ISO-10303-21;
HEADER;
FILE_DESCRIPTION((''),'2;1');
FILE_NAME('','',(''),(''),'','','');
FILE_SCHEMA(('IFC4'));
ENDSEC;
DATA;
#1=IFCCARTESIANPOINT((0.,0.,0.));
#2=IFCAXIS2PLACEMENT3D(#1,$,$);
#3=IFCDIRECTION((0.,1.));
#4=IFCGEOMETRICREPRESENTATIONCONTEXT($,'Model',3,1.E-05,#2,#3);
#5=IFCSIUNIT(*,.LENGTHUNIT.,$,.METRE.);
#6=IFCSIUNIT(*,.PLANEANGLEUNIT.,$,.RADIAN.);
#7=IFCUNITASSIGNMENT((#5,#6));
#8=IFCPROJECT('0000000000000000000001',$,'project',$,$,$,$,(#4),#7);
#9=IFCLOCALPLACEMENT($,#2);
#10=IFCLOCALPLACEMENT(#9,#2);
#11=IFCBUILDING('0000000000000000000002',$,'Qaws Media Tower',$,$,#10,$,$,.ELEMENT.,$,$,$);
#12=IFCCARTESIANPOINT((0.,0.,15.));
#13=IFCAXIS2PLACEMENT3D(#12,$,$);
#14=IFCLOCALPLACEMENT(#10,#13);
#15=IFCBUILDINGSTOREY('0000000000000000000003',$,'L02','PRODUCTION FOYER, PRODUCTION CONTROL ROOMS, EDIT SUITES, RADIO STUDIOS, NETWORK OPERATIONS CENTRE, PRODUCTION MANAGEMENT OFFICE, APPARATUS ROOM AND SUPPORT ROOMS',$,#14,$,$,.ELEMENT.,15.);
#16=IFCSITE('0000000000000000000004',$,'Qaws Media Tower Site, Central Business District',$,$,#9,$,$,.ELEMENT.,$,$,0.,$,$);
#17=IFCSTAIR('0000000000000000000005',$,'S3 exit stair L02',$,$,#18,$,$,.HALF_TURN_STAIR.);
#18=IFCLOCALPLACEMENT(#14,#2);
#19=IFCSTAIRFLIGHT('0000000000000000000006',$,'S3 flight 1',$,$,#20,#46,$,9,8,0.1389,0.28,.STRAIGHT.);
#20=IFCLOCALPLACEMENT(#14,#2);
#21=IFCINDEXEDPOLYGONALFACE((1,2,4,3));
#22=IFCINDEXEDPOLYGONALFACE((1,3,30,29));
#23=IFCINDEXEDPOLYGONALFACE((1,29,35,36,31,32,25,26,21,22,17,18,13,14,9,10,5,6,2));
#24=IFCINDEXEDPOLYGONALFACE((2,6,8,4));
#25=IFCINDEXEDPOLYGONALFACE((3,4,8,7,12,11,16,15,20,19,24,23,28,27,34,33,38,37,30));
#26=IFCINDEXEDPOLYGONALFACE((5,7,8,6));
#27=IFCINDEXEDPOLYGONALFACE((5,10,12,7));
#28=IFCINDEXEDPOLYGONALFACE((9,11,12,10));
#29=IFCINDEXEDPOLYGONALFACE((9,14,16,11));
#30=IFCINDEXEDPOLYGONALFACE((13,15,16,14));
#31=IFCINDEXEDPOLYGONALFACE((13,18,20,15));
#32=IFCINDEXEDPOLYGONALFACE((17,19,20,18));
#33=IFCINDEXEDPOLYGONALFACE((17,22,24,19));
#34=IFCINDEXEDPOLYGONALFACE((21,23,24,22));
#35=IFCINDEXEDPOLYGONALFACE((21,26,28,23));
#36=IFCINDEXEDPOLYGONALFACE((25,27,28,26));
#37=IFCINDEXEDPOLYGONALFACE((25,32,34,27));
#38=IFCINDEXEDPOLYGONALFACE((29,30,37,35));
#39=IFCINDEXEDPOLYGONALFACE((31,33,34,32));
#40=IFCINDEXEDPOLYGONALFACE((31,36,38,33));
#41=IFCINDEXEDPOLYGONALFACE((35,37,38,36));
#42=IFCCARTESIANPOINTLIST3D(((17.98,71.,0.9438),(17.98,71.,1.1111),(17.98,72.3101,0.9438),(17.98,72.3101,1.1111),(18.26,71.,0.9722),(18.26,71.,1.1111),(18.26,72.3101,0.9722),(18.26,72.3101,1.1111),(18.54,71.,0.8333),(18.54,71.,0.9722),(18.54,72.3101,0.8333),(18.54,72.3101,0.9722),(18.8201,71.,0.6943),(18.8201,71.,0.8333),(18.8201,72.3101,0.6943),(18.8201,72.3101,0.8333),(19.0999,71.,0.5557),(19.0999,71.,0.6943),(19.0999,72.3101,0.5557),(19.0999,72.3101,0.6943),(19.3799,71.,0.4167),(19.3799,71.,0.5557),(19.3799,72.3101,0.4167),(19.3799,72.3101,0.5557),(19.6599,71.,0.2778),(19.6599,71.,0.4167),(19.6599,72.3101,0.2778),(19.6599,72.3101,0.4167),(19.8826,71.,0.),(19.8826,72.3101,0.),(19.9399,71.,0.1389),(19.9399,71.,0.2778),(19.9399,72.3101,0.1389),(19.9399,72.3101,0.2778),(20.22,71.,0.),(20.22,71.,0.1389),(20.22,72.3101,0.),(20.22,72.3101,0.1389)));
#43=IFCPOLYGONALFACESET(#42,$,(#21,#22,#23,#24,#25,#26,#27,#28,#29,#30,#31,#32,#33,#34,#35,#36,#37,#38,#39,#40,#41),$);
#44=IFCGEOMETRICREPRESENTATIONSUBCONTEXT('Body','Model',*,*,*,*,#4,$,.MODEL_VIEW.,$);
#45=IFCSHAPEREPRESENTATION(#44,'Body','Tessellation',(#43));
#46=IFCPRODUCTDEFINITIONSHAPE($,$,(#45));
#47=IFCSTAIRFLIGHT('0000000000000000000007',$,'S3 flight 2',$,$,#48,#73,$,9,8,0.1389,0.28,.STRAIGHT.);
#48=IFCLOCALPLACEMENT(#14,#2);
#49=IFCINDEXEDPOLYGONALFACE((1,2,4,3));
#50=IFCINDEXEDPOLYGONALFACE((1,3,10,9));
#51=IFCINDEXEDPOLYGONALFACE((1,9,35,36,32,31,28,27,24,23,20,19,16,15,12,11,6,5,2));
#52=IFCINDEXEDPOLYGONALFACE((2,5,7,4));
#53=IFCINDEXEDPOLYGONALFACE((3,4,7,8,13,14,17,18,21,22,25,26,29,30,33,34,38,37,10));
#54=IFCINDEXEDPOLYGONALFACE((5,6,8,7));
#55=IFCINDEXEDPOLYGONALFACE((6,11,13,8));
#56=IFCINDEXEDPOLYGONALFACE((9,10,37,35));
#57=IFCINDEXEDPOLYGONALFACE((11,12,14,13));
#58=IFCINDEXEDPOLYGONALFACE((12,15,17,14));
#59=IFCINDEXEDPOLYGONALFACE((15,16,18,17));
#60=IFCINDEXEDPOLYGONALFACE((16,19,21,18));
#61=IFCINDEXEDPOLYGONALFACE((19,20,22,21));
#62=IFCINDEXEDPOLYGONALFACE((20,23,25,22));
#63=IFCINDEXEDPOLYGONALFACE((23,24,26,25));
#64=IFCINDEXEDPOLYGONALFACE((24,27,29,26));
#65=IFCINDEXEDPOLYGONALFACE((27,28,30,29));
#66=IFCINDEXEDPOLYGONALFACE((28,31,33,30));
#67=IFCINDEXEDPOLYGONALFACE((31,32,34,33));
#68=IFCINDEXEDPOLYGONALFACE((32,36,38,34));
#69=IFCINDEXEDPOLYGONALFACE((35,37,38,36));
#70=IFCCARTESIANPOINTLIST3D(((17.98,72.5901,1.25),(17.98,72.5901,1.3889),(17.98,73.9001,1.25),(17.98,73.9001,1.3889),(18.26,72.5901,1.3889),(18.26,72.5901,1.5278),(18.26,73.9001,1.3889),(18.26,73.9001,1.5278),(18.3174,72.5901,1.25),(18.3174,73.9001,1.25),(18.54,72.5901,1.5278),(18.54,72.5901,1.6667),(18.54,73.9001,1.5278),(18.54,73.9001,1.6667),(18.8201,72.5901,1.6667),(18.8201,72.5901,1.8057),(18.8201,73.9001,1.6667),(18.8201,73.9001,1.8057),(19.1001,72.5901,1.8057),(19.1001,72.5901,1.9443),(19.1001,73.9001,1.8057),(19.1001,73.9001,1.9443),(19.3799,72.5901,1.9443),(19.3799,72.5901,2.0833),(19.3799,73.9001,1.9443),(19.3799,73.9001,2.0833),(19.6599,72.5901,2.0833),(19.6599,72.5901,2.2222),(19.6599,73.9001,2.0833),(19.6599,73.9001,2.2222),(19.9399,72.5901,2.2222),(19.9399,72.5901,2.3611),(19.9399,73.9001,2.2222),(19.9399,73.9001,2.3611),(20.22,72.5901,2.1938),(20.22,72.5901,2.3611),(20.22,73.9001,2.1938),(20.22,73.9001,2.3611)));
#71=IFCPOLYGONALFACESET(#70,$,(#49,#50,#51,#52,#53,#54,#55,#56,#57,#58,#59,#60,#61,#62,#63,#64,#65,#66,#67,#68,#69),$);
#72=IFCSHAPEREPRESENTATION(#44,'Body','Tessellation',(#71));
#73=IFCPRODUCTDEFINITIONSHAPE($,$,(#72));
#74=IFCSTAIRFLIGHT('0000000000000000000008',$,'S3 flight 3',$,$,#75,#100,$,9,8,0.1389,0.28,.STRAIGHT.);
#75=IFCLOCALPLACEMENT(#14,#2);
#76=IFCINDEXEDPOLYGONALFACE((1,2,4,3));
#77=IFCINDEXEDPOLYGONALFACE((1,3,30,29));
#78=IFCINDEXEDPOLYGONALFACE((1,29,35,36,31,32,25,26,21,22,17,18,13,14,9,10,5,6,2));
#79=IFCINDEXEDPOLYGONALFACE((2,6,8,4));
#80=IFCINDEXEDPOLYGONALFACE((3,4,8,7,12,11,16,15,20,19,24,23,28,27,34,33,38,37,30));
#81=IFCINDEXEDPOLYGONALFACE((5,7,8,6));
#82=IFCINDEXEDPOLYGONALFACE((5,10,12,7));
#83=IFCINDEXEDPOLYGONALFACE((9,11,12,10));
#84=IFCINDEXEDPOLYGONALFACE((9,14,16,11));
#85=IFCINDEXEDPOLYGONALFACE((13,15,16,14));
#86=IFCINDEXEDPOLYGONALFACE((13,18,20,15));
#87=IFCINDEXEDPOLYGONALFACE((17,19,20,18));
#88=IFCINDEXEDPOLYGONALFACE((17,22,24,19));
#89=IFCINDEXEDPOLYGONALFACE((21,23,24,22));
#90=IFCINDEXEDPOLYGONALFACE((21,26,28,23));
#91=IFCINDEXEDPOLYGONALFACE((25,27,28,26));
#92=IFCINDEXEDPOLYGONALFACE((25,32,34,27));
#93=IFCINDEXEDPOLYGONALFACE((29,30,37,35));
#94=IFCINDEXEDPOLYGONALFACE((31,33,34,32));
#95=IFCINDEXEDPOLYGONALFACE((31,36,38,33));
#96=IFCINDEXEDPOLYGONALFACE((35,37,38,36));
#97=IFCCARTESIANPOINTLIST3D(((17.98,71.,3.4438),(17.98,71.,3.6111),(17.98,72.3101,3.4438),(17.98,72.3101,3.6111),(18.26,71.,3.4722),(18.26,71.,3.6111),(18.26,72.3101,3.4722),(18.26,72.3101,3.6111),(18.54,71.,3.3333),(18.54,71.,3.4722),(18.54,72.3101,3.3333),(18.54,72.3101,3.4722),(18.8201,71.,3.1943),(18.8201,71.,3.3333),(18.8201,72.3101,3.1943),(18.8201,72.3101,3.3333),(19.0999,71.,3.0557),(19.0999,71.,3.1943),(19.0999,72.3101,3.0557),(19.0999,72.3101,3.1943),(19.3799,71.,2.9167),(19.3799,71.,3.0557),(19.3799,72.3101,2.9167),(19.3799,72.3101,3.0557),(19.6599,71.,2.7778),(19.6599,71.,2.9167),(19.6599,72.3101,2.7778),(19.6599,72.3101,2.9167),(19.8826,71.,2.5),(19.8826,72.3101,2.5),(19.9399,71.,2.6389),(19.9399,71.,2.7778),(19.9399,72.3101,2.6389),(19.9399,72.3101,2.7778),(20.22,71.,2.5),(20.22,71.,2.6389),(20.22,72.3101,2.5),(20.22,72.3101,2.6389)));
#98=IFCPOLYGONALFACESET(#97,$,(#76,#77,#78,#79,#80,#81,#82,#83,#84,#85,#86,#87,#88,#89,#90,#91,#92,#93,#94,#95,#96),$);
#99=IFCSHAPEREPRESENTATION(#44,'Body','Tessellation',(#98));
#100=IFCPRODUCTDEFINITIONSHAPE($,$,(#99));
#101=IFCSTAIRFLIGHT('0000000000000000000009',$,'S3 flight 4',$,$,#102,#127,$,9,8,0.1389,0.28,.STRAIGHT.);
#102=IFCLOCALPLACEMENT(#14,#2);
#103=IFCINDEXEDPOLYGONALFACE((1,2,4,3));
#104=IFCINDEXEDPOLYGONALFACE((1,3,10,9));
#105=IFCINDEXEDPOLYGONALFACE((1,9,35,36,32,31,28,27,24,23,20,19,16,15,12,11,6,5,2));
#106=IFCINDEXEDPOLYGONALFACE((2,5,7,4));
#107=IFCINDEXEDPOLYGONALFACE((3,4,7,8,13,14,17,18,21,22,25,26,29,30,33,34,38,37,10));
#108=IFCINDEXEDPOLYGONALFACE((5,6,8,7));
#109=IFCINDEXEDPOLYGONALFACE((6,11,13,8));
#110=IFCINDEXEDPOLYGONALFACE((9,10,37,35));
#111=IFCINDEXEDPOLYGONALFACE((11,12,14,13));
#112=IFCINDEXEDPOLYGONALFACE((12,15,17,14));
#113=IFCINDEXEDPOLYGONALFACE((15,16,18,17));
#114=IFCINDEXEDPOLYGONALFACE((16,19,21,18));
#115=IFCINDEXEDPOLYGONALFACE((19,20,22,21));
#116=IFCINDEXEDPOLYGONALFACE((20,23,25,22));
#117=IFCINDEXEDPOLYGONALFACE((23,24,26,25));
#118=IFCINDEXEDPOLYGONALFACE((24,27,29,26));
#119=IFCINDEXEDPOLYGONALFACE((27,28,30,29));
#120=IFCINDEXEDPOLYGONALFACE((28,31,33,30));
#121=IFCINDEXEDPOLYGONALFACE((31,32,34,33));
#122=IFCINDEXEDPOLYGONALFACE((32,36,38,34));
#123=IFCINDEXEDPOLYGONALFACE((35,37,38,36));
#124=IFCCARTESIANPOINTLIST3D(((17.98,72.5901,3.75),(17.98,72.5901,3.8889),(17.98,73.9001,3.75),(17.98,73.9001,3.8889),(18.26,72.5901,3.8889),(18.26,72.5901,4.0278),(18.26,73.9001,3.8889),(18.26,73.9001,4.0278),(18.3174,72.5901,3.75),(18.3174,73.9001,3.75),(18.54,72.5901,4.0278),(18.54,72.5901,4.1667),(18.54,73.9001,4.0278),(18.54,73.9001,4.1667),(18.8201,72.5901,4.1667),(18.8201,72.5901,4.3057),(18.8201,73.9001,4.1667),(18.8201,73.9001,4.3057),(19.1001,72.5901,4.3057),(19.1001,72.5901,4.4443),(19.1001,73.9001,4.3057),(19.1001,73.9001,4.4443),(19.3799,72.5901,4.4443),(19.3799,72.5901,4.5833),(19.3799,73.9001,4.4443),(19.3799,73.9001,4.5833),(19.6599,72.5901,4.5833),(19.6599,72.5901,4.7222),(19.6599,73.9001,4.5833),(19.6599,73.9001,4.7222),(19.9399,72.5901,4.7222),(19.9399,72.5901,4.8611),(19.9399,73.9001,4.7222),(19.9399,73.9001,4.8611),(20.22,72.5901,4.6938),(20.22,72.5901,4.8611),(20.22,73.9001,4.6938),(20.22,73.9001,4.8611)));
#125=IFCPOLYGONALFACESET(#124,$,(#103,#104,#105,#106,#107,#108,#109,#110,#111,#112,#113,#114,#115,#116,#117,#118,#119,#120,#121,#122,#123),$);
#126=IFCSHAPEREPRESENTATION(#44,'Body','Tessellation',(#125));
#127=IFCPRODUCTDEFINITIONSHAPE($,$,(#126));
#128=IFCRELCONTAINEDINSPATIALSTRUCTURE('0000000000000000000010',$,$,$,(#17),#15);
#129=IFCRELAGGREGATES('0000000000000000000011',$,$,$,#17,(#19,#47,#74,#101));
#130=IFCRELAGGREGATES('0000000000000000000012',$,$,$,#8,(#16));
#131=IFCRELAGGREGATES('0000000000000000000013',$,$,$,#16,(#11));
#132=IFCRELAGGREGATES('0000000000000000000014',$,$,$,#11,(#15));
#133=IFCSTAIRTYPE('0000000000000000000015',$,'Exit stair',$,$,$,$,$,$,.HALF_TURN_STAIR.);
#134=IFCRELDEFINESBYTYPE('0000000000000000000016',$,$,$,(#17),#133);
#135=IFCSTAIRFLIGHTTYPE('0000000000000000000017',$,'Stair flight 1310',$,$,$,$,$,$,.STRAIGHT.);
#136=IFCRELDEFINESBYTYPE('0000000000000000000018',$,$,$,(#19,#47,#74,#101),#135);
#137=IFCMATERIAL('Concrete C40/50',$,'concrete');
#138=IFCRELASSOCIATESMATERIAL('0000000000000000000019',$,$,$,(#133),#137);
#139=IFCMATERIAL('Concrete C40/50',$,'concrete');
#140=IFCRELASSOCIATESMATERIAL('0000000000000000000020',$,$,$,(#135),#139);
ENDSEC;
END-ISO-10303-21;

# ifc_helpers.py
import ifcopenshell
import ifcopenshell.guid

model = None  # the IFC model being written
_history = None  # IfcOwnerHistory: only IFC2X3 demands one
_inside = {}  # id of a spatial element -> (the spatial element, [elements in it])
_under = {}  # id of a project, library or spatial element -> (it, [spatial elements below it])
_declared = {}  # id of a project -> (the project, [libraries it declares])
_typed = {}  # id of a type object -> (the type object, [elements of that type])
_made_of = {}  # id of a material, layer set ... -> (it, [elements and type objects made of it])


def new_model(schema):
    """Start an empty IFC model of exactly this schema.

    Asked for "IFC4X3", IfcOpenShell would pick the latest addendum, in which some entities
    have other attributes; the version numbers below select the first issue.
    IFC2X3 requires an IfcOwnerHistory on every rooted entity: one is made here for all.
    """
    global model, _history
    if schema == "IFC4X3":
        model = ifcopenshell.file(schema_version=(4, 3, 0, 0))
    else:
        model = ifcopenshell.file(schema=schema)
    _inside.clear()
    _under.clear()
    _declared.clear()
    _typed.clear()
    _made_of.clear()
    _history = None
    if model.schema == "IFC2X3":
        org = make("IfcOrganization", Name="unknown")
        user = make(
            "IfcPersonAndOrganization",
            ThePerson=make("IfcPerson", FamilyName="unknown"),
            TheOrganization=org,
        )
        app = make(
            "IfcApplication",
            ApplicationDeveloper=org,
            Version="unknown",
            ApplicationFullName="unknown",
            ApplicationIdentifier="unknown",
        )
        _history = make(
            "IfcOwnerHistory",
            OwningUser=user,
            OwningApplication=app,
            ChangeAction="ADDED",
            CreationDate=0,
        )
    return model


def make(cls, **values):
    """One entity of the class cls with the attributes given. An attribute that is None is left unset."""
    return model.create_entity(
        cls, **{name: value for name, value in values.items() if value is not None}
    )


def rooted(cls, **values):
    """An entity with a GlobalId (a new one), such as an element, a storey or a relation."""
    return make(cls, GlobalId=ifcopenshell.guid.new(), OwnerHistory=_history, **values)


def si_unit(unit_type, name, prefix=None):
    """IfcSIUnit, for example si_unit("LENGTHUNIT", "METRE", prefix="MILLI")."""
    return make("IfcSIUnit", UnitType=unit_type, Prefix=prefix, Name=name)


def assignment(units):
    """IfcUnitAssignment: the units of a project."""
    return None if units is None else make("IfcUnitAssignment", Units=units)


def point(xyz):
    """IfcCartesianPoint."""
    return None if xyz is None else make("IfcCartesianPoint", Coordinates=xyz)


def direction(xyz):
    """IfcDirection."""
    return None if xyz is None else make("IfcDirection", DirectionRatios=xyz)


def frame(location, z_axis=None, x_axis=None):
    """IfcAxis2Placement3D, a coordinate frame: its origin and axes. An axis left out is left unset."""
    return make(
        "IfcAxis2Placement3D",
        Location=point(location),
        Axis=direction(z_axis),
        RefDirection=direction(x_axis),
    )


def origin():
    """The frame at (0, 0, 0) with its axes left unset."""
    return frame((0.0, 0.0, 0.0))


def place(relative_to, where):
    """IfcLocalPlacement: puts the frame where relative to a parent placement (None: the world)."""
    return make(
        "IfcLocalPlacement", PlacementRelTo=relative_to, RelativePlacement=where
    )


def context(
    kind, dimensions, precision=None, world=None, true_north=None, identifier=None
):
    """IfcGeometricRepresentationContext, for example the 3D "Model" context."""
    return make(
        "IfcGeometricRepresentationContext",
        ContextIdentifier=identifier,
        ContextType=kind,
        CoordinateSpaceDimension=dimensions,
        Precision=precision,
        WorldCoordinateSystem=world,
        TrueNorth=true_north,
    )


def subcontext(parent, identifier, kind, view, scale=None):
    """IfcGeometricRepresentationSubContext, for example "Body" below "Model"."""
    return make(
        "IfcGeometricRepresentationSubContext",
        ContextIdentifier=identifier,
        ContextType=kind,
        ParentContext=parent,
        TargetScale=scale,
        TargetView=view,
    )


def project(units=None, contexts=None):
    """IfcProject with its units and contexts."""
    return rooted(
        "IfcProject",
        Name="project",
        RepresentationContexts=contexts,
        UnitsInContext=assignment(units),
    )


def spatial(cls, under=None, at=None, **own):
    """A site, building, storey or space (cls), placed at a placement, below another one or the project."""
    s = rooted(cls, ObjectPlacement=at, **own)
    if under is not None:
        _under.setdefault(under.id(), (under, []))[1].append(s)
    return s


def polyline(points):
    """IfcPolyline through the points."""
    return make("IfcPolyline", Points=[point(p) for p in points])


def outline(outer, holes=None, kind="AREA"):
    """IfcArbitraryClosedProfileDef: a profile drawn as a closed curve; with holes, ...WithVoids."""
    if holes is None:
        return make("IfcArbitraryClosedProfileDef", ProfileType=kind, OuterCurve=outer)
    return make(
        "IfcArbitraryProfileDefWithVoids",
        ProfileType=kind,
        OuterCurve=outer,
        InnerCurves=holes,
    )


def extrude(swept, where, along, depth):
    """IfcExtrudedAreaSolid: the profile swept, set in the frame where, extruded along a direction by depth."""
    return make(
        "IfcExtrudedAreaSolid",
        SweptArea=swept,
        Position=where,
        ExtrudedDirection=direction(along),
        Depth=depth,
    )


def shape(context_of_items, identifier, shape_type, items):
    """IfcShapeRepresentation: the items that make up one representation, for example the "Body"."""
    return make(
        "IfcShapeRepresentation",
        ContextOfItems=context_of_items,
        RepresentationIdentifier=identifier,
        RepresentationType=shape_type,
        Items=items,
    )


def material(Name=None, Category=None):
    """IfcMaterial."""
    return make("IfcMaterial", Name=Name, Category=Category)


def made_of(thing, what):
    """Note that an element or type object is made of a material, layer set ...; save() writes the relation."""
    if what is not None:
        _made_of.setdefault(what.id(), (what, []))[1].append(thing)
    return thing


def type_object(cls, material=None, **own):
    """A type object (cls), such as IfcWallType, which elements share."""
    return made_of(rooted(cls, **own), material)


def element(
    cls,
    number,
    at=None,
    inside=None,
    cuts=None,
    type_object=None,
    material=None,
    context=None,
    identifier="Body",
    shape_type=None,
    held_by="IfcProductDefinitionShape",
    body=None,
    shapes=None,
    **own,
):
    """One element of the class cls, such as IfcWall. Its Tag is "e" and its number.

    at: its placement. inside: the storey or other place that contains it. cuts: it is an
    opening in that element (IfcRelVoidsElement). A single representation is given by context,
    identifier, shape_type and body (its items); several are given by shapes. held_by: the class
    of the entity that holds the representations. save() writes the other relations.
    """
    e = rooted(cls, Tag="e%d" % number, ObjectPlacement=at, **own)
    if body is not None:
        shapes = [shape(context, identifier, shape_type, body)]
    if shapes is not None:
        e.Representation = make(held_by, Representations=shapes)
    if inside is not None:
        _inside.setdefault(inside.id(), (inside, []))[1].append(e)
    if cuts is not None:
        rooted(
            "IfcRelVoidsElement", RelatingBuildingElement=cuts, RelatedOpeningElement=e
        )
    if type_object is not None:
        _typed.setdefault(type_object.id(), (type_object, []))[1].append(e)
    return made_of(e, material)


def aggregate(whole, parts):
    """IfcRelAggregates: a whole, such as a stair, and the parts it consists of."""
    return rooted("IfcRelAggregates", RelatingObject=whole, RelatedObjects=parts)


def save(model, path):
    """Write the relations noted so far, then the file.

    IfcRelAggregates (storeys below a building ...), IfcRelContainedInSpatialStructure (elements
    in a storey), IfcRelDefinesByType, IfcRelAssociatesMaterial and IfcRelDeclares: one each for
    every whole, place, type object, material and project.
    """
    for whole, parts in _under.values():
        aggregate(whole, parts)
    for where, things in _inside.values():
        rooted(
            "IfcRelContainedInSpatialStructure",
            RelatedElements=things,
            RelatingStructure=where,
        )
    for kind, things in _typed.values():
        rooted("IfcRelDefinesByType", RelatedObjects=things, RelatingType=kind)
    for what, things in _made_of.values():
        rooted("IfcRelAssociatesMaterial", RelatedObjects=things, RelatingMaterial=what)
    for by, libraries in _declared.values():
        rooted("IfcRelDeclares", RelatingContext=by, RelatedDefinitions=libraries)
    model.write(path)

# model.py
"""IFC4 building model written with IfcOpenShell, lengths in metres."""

from ifc_helpers import new_model, si_unit, direction, frame, origin, place, context, subcontext, project, spatial, polyline, outline, extrude, material, type_object, element, aggregate, save


model = new_model("IFC4")

# Units and contexts
model_context = context("Model", 3, precision=1e-05, world=origin(), true_north=direction((0.0, 1.0)))
body_context = subcontext(model_context, "Body", "Model", "MODEL_VIEW")
ifc_project = project(units=[si_unit("LENGTHUNIT", "METRE"), si_unit("PLANEANGLEUNIT", "RADIAN")], contexts=[model_context])

# Site, building, storey
site_placement = place(None, origin())
site = spatial("IfcSite", under=ifc_project, at=site_placement, Name="Qaws Media Tower Site, Central Business District", CompositionType="ELEMENT", RefElevation=0.0)
building_placement = place(site_placement, origin())
building = spatial("IfcBuilding", under=site, at=building_placement, Name="Qaws Media Tower", CompositionType="ELEMENT")
storey_placement = place(building_placement, frame((0.0, 0.0, 15.0)))
storey = spatial("IfcBuildingStorey", under=building, at=storey_placement, Name="L02", Description="PRODUCTION FOYER, PRODUCTION CONTROL ROOMS, EDIT SUITES, RADIO STUDIOS, NETWORK OPERATIONS CENTRE, PRODUCTION MANAGEMENT OFFICE, APPARATUS ROOM AND SUPPORT ROOMS", CompositionType="ELEMENT", Elevation=15.0)

# Stair, stair flights
ifc_material_1 = material(Name="Concrete C40/50", Category="concrete")
stair_type = type_object("IfcStairType", Name="Exit stair", PredefinedType="HALF_TURN_STAIR", material=ifc_material_1)
stair_placement = place(storey_placement, origin())
stair = element("IfcStair", 1, at=stair_placement, inside=storey, type_object=stair_type, Name="S3 exit stair L02", PredefinedType="HALF_TURN_STAIR")
ifc_material_2 = material(Name="Concrete C40/50", Category="concrete")
stair_flight_type = type_object("IfcStairFlightType", Name="Stair flight 1310", PredefinedType="STRAIGHT", material=ifc_material_2)
stair_flight_1_placement = place(storey_placement, frame((20.22, 71.655, 0.0), z_axis=(0.0, 0.0, 1.0), x_axis=(-1.0, 0.0, 0.0)))
stair_flight_1 = element("IfcStairFlight", 2, at=stair_flight_1_placement, type_object=stair_flight_type, Name="S3 flight 1", NumberOfRisers=9, NumberOfTreads=8, PredefinedType="STRAIGHT", RiserHeight=0.1389, TreadLength=0.28, context=body_context, shape_type="SweptSolid", body=[
    extrude(outline(polyline([(0.0, 0.0), (0.0, 0.1389), (0.28, 0.1389), (0.28, 0.2778), (0.5601, 0.2778), (0.5601, 0.4167), (0.8401, 0.4167), (0.8401, 0.5557), (1.1201, 0.5557), (1.1201, 0.6943), (1.3999, 0.6943), (1.3999, 0.8333), (1.6799, 0.8333), (1.6799, 0.9722), (1.96, 0.9722), (1.96, 1.1111), (2.24, 1.1111), (2.24, 1.25), (2.24, 0.9438), (0.3374, 0.0), (0.0, 0.0)])), frame((0.0, 0.655, 0.0), z_axis=(0.0, -1.0, 0.0), x_axis=(1.0, 0.0, 0.0)), (0.0, 0.0, 1.0), 1.3101),
])
stair_flight_2_placement = place(storey_placement, frame((17.98, 73.2451, 1.25), z_axis=(0.0, 0.0, 1.0), x_axis=(1.0, 0.0, 0.0)))
stair_flight_2 = element("IfcStairFlight", 3, at=stair_flight_2_placement, type_object=stair_flight_type, Name="S3 flight 2", NumberOfRisers=9, NumberOfTreads=8, PredefinedType="STRAIGHT", RiserHeight=0.1389, TreadLength=0.28, context=body_context, shape_type="SweptSolid", body=[
    extrude(outline(polyline([(0.0, 0.0), (0.0, 0.1389), (0.28, 0.1389), (0.28, 0.2778), (0.5601, 0.2778), (0.5601, 0.4167), (0.8401, 0.4167), (0.8401, 0.5557), (1.1201, 0.5557), (1.1201, 0.6943), (1.3999, 0.6943), (1.3999, 0.8333), (1.6799, 0.8333), (1.6799, 0.9722), (1.96, 0.9722), (1.96, 1.1111), (2.24, 1.1111), (2.24, 1.25), (2.24, 0.9438), (0.3374, 0.0), (0.0, 0.0)])), frame((0.0, 0.655, 0.0), z_axis=(0.0, -1.0, 0.0), x_axis=(1.0, 0.0, 0.0)), (0.0, 0.0, 1.0), 1.3101),
])
stair_flight_3_placement = place(storey_placement, frame((20.22, 71.655, 2.5), z_axis=(0.0, 0.0, 1.0), x_axis=(-1.0, 0.0, 0.0)))
stair_flight_3 = element("IfcStairFlight", 4, at=stair_flight_3_placement, type_object=stair_flight_type, Name="S3 flight 3", NumberOfRisers=9, NumberOfTreads=8, PredefinedType="STRAIGHT", RiserHeight=0.1389, TreadLength=0.28, context=body_context, shape_type="SweptSolid", body=[
    extrude(outline(polyline([(0.0, 0.0), (0.0, 0.1389), (0.28, 0.1389), (0.28, 0.2778), (0.5601, 0.2778), (0.5601, 0.4167), (0.8401, 0.4167), (0.8401, 0.5557), (1.1201, 0.5557), (1.1201, 0.6943), (1.3999, 0.6943), (1.3999, 0.8333), (1.6799, 0.8333), (1.6799, 0.9722), (1.96, 0.9722), (1.96, 1.1111), (2.24, 1.1111), (2.24, 1.25), (2.24, 0.9438), (0.3374, 0.0), (0.0, 0.0)])), frame((0.0, 0.655, 0.0), z_axis=(0.0, -1.0, 0.0), x_axis=(1.0, 0.0, 0.0)), (0.0, 0.0, 1.0), 1.3101),
])
stair_flight_4_placement = place(storey_placement, frame((17.98, 73.2451, 3.75), z_axis=(0.0, 0.0, 1.0), x_axis=(1.0, 0.0, 0.0)))
stair_flight_4 = element("IfcStairFlight", 5, at=stair_flight_4_placement, type_object=stair_flight_type, Name="S3 flight 4", NumberOfRisers=9, NumberOfTreads=8, PredefinedType="STRAIGHT", RiserHeight=0.1389, TreadLength=0.28, context=body_context, shape_type="SweptSolid", body=[
    extrude(outline(polyline([(0.0, 0.0), (0.0, 0.1389), (0.28, 0.1389), (0.28, 0.2778), (0.5601, 0.2778), (0.5601, 0.4167), (0.8401, 0.4167), (0.8401, 0.5557), (1.1201, 0.5557), (1.1201, 0.6943), (1.3999, 0.6943), (1.3999, 0.8333), (1.6799, 0.8333), (1.6799, 0.9722), (1.96, 0.9722), (1.96, 1.1111), (2.24, 1.1111), (2.24, 1.25), (2.24, 0.9438), (0.3374, 0.0), (0.0, 0.0)])), frame((0.0, 0.655, 0.0), z_axis=(0.0, -1.0, 0.0), x_axis=(1.0, 0.0, 0.0)), (0.0, 0.0, 1.0), 1.3101),
])
aggregate(stair, [stair_flight_1, stair_flight_2, stair_flight_3, stair_flight_4])

save(model, "model.ifc")
